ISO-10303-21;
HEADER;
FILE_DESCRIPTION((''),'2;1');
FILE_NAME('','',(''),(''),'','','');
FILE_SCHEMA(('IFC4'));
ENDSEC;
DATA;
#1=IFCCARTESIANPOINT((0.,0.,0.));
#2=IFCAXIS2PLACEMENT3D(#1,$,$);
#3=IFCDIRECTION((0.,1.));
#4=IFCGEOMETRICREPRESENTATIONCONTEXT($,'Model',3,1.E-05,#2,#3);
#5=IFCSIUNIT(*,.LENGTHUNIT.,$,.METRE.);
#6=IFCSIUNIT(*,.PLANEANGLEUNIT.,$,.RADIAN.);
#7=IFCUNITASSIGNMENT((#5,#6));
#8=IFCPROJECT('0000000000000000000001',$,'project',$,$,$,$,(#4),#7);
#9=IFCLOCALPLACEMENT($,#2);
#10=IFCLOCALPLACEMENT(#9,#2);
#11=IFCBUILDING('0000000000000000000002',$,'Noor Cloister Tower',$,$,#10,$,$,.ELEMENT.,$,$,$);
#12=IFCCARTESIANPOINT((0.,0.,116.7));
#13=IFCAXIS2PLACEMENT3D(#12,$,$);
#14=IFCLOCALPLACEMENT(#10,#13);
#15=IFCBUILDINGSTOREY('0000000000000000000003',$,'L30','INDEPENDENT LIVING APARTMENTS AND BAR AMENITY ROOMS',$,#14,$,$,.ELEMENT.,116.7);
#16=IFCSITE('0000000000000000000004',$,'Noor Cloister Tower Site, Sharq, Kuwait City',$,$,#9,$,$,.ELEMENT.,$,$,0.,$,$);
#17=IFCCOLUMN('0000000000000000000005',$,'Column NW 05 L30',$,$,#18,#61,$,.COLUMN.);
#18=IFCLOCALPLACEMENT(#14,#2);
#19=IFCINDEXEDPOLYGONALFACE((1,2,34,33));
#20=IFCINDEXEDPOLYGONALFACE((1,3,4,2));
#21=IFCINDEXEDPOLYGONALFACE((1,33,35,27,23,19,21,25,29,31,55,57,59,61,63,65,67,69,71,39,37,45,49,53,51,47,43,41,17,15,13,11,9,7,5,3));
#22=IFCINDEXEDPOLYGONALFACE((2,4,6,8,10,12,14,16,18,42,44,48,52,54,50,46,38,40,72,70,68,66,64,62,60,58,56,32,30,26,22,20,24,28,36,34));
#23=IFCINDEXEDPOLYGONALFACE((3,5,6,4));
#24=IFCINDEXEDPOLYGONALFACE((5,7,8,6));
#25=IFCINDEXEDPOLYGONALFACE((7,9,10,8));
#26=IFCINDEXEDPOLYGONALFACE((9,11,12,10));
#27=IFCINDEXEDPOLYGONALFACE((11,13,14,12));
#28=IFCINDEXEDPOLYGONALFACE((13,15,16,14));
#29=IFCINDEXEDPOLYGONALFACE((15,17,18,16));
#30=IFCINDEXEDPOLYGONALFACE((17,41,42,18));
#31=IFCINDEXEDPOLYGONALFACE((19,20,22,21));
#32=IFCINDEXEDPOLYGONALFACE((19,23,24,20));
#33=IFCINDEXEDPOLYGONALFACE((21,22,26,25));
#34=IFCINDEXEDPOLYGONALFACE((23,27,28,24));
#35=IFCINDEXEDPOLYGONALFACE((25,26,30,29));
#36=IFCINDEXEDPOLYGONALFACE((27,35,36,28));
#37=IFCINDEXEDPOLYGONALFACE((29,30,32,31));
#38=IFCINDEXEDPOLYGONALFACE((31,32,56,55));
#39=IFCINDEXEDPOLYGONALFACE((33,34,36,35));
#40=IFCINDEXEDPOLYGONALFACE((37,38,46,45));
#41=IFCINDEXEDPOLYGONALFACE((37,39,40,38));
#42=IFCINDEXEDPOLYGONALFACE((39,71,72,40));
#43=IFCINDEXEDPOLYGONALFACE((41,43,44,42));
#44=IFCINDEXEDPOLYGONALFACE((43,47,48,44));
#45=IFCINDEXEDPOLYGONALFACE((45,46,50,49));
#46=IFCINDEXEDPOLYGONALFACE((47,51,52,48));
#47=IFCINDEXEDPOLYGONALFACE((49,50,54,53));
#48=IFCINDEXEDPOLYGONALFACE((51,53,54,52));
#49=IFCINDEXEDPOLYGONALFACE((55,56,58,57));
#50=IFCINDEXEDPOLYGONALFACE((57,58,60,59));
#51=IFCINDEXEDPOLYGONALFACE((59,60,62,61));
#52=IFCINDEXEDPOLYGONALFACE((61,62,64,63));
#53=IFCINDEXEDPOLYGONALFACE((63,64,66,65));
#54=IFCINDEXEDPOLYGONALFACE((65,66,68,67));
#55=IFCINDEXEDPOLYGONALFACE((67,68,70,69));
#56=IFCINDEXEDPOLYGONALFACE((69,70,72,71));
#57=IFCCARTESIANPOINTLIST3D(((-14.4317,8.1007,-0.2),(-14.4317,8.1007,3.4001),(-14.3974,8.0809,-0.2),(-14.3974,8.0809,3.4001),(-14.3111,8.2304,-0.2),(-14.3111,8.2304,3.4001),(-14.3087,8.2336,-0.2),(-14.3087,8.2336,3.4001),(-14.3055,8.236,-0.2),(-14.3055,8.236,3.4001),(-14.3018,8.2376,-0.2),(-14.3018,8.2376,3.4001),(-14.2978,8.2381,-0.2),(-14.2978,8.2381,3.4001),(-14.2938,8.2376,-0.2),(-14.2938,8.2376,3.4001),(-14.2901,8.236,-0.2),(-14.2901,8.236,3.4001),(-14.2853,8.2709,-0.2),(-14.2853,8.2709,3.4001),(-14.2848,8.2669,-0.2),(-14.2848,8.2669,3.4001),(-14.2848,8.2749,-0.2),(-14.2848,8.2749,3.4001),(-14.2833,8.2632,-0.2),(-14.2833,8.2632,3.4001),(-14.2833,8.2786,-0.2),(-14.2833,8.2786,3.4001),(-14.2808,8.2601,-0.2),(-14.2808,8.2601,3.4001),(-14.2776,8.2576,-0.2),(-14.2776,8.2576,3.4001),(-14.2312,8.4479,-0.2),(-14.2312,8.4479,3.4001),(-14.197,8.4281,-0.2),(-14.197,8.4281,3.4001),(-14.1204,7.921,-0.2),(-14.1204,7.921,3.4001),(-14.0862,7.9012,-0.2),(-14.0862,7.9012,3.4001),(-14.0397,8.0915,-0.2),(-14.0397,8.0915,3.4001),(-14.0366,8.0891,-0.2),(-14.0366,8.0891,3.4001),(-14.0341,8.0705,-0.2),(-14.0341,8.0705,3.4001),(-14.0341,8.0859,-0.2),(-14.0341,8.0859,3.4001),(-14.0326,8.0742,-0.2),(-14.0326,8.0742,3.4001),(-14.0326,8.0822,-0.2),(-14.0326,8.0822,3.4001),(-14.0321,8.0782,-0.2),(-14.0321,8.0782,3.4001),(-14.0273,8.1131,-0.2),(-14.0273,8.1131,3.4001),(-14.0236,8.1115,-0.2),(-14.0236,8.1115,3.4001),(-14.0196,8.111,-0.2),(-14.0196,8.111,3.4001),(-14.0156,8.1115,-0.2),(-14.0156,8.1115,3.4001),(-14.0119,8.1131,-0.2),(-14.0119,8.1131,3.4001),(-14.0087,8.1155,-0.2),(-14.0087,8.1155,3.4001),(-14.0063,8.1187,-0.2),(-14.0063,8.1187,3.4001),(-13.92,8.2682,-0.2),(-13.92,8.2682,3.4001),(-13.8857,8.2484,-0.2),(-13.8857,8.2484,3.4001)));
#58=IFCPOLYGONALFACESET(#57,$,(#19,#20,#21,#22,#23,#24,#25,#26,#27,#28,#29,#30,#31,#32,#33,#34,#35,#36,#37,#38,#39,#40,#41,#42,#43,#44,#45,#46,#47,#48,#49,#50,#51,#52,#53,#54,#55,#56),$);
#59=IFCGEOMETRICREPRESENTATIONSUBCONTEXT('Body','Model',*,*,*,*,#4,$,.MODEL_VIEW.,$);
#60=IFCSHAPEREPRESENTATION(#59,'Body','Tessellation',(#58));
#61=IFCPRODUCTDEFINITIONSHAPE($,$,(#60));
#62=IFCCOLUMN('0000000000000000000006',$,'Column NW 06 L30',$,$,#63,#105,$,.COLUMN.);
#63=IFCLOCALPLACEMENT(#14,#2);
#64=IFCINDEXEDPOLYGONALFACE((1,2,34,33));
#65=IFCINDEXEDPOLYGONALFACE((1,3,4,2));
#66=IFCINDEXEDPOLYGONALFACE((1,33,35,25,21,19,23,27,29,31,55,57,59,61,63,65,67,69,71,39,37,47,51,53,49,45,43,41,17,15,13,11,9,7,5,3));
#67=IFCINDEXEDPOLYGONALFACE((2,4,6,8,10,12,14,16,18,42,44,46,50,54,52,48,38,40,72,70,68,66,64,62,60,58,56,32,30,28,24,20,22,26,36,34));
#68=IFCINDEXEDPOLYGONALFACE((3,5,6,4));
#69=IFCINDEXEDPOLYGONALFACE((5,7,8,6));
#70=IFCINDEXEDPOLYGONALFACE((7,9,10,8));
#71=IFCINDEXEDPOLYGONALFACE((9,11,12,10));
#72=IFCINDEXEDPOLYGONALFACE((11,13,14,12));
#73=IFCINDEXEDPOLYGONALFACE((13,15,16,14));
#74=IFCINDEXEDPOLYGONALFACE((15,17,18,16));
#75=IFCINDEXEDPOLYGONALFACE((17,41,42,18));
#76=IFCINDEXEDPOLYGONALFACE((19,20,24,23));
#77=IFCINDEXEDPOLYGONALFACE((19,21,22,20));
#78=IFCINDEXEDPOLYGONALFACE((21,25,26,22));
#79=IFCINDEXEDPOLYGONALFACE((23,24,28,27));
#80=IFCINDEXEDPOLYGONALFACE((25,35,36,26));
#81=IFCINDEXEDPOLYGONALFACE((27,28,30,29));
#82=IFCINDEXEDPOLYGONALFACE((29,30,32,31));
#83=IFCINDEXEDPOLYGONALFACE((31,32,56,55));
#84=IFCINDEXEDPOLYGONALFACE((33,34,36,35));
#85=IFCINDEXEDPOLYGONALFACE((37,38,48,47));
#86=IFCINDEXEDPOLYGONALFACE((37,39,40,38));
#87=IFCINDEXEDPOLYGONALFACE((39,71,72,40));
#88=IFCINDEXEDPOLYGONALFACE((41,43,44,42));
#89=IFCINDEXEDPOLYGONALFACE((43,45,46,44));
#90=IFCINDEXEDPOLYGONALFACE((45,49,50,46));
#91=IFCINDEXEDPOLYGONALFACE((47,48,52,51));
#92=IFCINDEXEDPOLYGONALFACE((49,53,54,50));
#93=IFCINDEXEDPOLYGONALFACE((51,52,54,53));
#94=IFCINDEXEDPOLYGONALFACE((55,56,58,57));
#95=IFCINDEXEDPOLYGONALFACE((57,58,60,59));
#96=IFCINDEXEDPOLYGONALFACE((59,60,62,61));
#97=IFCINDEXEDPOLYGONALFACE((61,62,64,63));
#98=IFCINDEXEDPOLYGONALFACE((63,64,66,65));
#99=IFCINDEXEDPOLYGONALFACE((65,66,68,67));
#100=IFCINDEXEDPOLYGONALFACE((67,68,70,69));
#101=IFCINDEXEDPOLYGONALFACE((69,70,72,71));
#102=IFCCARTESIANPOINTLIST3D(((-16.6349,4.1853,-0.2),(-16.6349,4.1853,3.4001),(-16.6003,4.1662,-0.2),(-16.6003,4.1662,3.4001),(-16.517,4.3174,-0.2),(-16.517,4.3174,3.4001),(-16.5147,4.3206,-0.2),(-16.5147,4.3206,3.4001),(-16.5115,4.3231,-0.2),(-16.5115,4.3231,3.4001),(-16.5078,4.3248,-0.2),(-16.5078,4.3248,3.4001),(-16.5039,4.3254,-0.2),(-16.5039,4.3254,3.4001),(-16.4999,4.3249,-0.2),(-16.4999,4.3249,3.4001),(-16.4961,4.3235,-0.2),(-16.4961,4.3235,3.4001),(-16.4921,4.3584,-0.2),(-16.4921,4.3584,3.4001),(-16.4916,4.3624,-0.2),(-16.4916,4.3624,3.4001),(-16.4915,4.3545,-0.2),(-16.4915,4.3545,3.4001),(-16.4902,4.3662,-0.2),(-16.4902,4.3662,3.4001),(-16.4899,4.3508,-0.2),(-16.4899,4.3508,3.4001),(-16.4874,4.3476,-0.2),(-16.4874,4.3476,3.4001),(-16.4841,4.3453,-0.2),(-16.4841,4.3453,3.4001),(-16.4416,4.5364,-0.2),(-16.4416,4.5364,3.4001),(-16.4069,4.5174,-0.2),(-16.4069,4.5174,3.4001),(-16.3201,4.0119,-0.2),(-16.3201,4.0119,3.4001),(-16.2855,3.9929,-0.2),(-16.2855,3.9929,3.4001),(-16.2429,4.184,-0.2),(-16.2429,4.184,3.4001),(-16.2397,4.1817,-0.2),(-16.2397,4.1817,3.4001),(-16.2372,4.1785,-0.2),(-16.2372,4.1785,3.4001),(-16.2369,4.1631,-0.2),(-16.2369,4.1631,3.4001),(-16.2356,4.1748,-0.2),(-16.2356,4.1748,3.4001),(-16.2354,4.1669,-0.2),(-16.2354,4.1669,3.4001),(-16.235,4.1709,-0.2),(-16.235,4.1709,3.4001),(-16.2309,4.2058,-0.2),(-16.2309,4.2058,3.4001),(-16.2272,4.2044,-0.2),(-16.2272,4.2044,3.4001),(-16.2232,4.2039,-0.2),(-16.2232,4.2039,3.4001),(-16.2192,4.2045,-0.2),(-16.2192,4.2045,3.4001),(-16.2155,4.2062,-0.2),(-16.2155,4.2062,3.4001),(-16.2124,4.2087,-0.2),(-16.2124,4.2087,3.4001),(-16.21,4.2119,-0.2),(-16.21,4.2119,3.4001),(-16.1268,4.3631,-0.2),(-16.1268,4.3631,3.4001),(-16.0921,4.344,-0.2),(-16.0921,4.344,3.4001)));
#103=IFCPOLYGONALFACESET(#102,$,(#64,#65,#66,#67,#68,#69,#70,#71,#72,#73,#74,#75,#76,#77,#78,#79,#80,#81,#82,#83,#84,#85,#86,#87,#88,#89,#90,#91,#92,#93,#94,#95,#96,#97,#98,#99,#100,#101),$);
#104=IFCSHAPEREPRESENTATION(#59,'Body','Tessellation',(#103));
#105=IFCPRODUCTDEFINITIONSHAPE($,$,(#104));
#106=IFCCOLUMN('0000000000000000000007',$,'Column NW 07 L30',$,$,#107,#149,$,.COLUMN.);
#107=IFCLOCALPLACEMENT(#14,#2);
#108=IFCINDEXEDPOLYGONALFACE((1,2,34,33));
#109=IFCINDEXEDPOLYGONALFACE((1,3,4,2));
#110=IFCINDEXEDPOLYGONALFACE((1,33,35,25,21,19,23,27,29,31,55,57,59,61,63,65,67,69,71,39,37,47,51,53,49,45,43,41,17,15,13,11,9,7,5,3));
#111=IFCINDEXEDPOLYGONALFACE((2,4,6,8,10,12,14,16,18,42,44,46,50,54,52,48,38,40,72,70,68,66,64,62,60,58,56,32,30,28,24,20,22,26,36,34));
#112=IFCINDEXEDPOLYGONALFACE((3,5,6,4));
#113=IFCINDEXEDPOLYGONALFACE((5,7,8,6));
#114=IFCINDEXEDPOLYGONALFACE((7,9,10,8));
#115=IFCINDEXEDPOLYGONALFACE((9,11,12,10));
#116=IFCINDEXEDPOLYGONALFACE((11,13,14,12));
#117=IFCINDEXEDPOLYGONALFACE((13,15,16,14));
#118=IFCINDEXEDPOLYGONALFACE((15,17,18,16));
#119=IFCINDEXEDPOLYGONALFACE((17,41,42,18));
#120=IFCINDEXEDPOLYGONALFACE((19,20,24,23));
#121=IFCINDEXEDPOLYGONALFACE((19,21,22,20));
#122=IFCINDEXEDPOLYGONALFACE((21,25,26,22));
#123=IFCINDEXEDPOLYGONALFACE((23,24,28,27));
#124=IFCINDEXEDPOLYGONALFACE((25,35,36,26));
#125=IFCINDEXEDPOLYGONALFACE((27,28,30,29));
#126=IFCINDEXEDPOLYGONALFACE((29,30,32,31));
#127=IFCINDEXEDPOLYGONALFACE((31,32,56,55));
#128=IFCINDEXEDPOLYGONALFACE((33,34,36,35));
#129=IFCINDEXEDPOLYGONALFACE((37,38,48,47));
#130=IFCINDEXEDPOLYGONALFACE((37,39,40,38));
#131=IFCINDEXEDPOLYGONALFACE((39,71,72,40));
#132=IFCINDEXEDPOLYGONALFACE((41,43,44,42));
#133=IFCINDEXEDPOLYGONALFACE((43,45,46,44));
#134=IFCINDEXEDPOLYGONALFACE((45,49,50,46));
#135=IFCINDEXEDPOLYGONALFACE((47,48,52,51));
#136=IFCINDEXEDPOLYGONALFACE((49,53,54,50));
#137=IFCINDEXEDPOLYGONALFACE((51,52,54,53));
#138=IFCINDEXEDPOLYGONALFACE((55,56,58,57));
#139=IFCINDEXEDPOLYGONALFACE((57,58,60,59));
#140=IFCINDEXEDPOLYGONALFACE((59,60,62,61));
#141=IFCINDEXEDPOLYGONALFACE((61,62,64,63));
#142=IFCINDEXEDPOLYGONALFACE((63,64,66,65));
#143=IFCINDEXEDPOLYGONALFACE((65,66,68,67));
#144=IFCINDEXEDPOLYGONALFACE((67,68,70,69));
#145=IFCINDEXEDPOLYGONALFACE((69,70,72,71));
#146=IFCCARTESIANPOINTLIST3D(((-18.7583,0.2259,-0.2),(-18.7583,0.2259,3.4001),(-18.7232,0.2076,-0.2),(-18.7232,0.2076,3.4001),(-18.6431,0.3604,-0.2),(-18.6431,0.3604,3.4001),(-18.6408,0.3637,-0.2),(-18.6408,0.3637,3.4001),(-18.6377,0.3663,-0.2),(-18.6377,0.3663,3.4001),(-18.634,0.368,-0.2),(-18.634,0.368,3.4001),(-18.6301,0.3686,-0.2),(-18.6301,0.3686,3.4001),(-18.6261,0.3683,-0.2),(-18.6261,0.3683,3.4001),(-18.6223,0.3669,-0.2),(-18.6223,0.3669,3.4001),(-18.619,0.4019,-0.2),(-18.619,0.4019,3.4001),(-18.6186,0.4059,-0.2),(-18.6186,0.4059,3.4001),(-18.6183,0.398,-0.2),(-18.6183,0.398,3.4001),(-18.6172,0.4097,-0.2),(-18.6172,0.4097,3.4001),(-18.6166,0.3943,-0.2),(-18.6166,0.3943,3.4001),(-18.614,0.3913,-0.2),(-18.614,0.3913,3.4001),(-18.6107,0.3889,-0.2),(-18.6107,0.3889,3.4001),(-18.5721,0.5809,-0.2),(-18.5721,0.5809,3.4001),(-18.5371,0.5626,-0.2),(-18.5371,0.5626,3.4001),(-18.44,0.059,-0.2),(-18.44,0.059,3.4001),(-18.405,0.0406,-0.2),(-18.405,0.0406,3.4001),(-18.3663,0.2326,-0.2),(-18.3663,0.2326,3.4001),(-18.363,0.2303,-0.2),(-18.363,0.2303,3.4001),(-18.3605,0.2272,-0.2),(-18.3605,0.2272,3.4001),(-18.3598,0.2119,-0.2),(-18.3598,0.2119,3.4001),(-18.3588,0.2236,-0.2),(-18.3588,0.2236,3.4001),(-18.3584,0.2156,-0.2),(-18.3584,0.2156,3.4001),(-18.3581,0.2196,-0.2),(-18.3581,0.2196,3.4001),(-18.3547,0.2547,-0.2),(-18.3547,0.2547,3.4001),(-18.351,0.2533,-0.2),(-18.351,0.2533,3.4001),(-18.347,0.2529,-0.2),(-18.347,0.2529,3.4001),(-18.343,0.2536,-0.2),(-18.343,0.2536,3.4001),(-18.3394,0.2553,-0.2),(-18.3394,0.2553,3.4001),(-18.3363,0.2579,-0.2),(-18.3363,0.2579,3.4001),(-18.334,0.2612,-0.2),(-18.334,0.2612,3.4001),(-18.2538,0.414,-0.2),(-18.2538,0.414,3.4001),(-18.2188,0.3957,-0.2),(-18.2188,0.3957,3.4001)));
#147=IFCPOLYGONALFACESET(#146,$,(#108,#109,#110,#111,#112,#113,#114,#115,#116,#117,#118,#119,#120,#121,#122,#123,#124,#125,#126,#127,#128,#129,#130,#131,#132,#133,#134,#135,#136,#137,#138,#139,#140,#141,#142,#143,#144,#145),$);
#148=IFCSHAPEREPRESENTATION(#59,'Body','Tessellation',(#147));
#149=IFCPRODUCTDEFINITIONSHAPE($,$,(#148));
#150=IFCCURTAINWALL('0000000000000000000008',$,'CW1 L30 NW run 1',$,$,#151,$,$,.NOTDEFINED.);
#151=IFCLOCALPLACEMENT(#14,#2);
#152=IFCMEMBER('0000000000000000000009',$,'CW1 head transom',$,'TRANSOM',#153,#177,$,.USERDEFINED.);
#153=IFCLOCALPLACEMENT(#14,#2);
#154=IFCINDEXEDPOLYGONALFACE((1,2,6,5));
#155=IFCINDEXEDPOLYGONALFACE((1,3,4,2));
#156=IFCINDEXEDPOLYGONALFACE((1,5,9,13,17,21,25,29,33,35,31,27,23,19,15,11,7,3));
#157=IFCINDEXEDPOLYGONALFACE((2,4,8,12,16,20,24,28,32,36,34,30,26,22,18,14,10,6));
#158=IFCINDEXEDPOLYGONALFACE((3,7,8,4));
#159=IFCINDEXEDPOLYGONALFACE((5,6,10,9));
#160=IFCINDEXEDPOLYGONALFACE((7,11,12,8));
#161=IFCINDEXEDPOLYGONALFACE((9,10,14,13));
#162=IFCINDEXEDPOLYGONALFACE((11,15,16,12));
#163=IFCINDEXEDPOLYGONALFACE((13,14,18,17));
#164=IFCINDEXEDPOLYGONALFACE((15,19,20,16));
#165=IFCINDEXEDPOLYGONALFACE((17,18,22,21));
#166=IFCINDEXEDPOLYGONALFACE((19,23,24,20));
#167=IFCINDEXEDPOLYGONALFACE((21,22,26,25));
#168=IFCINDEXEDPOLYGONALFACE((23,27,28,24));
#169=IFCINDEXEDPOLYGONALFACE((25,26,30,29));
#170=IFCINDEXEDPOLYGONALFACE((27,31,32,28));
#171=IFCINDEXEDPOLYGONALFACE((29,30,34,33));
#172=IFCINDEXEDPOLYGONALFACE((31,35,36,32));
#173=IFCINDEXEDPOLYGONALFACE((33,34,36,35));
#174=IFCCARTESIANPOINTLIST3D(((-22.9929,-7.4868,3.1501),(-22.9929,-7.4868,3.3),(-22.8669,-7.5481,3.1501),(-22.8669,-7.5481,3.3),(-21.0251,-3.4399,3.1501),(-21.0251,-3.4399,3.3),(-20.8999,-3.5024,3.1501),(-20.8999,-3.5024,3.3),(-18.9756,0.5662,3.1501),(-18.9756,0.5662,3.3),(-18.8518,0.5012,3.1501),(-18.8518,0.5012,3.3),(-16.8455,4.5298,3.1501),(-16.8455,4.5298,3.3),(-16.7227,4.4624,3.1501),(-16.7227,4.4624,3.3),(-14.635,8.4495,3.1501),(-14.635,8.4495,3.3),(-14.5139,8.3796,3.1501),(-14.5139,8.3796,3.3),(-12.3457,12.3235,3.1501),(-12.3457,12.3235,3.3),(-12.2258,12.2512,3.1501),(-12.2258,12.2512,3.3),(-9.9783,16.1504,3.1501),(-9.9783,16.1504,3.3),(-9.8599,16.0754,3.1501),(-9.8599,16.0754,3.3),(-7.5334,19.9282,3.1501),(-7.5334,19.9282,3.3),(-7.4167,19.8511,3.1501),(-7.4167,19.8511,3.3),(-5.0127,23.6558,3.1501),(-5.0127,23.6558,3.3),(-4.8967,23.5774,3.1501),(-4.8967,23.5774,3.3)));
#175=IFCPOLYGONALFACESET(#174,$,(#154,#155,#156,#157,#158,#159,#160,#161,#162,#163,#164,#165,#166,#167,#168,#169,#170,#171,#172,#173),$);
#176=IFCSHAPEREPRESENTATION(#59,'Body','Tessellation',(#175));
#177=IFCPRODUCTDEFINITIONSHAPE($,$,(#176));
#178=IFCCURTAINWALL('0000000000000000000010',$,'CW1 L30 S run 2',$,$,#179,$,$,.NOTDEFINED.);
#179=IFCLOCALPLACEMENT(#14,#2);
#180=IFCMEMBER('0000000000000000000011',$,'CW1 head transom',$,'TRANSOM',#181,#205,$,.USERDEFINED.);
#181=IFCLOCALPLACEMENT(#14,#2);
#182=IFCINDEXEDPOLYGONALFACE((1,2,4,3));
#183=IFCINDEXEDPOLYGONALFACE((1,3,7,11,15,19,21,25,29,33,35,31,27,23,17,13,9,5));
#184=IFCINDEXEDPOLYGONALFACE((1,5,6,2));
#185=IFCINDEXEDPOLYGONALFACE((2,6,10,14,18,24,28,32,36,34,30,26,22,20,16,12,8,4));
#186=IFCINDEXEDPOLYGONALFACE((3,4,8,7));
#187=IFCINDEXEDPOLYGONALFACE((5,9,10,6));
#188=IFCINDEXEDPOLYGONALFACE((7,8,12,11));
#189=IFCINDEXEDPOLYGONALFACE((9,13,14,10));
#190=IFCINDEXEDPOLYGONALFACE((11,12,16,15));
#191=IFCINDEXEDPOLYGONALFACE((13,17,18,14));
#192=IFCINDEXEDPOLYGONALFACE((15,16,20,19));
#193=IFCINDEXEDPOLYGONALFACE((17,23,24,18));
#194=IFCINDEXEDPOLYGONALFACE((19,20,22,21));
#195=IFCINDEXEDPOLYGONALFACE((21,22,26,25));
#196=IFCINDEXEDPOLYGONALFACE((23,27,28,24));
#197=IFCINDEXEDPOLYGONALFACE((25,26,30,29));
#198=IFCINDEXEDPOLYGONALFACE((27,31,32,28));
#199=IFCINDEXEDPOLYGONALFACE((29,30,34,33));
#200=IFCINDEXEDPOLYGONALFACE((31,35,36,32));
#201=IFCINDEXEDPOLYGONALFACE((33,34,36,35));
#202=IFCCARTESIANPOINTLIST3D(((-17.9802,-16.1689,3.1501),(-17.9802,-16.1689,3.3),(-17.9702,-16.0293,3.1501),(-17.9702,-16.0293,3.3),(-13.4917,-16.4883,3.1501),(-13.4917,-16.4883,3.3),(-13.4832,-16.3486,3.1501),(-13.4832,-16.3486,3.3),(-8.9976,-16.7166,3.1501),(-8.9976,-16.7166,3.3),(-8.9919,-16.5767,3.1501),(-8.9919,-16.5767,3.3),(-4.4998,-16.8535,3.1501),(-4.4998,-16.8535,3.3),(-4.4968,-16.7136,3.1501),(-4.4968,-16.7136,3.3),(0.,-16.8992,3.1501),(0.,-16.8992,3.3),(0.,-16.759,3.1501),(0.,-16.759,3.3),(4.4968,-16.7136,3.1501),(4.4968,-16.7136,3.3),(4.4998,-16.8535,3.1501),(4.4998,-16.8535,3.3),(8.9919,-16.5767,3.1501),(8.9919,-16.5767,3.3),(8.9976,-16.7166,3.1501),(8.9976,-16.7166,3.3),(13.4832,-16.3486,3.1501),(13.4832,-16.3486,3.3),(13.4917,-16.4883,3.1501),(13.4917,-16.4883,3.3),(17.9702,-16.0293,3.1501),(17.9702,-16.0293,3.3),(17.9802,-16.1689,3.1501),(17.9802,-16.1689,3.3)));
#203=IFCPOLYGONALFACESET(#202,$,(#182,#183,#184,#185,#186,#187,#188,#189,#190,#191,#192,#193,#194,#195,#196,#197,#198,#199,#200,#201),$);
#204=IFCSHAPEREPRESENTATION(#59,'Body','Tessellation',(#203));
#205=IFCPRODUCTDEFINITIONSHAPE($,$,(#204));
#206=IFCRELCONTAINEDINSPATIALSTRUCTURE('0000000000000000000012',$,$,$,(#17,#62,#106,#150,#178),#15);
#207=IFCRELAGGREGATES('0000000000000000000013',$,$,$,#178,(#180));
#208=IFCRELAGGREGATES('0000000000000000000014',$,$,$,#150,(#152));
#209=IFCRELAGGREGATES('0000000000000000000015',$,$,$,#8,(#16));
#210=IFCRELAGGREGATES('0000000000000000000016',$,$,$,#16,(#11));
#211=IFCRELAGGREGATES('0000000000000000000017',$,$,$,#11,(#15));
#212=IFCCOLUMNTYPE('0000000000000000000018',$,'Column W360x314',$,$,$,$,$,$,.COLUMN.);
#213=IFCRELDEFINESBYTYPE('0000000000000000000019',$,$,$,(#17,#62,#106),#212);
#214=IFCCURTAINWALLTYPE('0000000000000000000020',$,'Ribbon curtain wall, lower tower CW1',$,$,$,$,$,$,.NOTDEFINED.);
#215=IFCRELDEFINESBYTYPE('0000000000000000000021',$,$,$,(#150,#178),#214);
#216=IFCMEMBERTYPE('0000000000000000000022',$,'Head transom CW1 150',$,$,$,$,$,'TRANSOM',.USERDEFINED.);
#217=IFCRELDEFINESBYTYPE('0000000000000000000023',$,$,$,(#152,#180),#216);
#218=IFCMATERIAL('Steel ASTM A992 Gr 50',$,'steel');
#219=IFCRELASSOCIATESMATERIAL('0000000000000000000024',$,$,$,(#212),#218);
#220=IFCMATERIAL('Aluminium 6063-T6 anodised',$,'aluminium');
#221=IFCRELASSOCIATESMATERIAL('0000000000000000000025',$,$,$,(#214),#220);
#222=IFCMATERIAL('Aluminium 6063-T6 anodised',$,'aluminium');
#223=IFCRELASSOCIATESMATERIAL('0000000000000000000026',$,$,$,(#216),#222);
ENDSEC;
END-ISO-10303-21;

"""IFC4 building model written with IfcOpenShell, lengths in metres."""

from ifc_helpers import new_model, si_unit, direction, frame, origin, origin_2d, place, context, subcontext, project, spatial, polyline, i_section, outline, extrude, material, material_profile, profile_set, type_object, element, aggregate, save


model = new_model("IFC4")

# Units and contexts
model_context = context("Model", 3, precision=1e-05, world=origin(), true_north=direction((0.0, 1.0)))
body_context = subcontext(model_context, "Body", "Model", "MODEL_VIEW")
ifc_project = project(units=[si_unit("LENGTHUNIT", "METRE"), si_unit("PLANEANGLEUNIT", "RADIAN")], contexts=[model_context])

# Site, building, storey
site_placement = place(None, origin())
site = spatial("IfcSite", under=ifc_project, at=site_placement, Name="Noor Cloister Tower Site, Sharq, Kuwait City", CompositionType="ELEMENT", RefElevation=0.0)
building_placement = place(site_placement, origin())
building = spatial("IfcBuilding", under=site, at=building_placement, Name="Noor Cloister Tower", CompositionType="ELEMENT")
storey_placement = place(building_placement, frame((0.0, 0.0, 116.7)))
storey = spatial("IfcBuildingStorey", under=building, at=storey_placement, Name="L30", Description="INDEPENDENT LIVING APARTMENTS AND BAR AMENITY ROOMS", CompositionType="ELEMENT", Elevation=116.7)

# Columns
ifc_material_1 = material(Name="Steel ASTM A992 Gr 50", Category="steel")
ifc_material_profile_1 = material_profile(ifc_material_1, i_section(OverallWidth=0.4009, OverallDepth=0.3989, WebThickness=0.0249, FlangeThickness=0.0396, FilletRadius=0.0154, at=origin_2d()), Name="W360x314")
ifc_profile_set_1 = profile_set([ifc_material_profile_1], Name="Steel ASTM A992 Gr 50")
column_type = type_object("IfcColumnType", Name="Column W360x314", PredefinedType="COLUMN", material=ifc_profile_set_1)
for number, where, z_axis, x_axis, name in (
    (1, (-14.1587, 8.1746, -0.2), (0.0, 0.0, 1.0), (-0.5, -0.866025, 0.0), "Column NW 05 L30"),
    (2, (-16.3635, 4.2646, -0.2), (0.0, 0.0, 1.0), (-0.482322, -0.875994, 0.0), "Column NW 06 L30"),
    (3, (-18.4885, 0.3108, -0.2), (0.0, 0.0, 1.0), (-0.464446, -0.885601, 0.0), "Column NW 07 L30"),
):
    element("IfcColumn", number, at=place(storey_placement, frame(where, z_axis=z_axis, x_axis=x_axis)), inside=storey, type_object=column_type, Name=name, PredefinedType="COLUMN", context=body_context, shape_type="SweptSolid", body=[
        extrude(i_section(OverallWidth=0.4009, OverallDepth=0.3989, WebThickness=0.0249, FlangeThickness=0.0396, FilletRadius=0.0154, at=origin_2d()), origin(), (0.0, 0.0, 1.0), 3.6001),
    ])

# Curtain walls, members
ifc_material_2 = material(Name="Aluminium 6063-T6 anodised", Category="aluminium")
curtain_wall_type = type_object("IfcCurtainWallType", Name="Ribbon curtain wall, lower tower CW1", PredefinedType="NOTDEFINED", material=ifc_material_2)
curtain_wall_1_placement = place(storey_placement, origin())
curtain_wall_1 = element("IfcCurtainWall", 4, at=curtain_wall_1_placement, inside=storey, type_object=curtain_wall_type, Name="CW1 L30 NW run 1", PredefinedType="NOTDEFINED")
ifc_material_3 = material(Name="Aluminium 6063-T6 anodised", Category="aluminium")
member_type_1 = type_object("IfcMemberType", Name="Head transom CW1 150", ElementType="TRANSOM", PredefinedType="USERDEFINED", material=ifc_material_3)
member_1_placement = place(storey_placement, frame((0.0, 0.0, 3.1501)))
member_1 = element("IfcMember", 5, at=member_1_placement, type_object=member_type_1, Name="CW1 head transom", ObjectType="TRANSOM", PredefinedType="USERDEFINED", context=body_context, shape_type="SweptSolid", body=[
    extrude(outline(polyline([(-5.0127, 23.6558), (-7.5334, 19.9282), (-9.9783, 16.1504), (-12.3457, 12.3235), (-14.635, 8.4495), (-16.8455, 4.5298), (-18.9756, 0.5662), (-21.0251, -3.4399), (-22.9929, -7.4868), (-22.8669, -7.5481), (-20.8999, -3.5024), (-18.8518, 0.5012), (-16.7227, 4.4624), (-14.5139, 8.3796), (-12.2258, 12.2512), (-9.8599, 16.0754), (-7.4167, 19.8511), (-4.8967, 23.5774), (-5.0127, 23.6558)])), origin(), (0.0, 0.0, 1.0), 0.1499),
])
curtain_wall_2_placement = place(storey_placement, origin())
curtain_wall_2 = element("IfcCurtainWall", 6, at=curtain_wall_2_placement, inside=storey, type_object=curtain_wall_type, Name="CW1 L30 S run 2", PredefinedType="NOTDEFINED")
member_2_placement = place(storey_placement, frame((0.0, 0.0, 3.1501)))
member_2 = element("IfcMember", 7, at=member_2_placement, type_object=member_type_1, Name="CW1 head transom", ObjectType="TRANSOM", PredefinedType="USERDEFINED", context=body_context, shape_type="SweptSolid", body=[
    extrude(outline(polyline([(-17.9802, -16.1689), (-13.4917, -16.4883), (-8.9976, -16.7166), (-4.4998, -16.8535), (0.0, -16.8992), (4.4998, -16.8535), (8.9976, -16.7166), (13.4917, -16.4883), (17.9802, -16.1689), (17.9702, -16.0293), (13.4832, -16.3486), (8.9919, -16.5767), (4.4968, -16.7136), (0.0, -16.759), (-4.4968, -16.7136), (-8.9919, -16.5767), (-13.4832, -16.3486), (-17.9702, -16.0293), (-17.9802, -16.1689)])), origin(), (0.0, 0.0, 1.0), 0.1499),
])

aggregate(curtain_wall_2, [member_2])

aggregate(curtain_wall_1, [member_1])

save(model, "model.ifc")
